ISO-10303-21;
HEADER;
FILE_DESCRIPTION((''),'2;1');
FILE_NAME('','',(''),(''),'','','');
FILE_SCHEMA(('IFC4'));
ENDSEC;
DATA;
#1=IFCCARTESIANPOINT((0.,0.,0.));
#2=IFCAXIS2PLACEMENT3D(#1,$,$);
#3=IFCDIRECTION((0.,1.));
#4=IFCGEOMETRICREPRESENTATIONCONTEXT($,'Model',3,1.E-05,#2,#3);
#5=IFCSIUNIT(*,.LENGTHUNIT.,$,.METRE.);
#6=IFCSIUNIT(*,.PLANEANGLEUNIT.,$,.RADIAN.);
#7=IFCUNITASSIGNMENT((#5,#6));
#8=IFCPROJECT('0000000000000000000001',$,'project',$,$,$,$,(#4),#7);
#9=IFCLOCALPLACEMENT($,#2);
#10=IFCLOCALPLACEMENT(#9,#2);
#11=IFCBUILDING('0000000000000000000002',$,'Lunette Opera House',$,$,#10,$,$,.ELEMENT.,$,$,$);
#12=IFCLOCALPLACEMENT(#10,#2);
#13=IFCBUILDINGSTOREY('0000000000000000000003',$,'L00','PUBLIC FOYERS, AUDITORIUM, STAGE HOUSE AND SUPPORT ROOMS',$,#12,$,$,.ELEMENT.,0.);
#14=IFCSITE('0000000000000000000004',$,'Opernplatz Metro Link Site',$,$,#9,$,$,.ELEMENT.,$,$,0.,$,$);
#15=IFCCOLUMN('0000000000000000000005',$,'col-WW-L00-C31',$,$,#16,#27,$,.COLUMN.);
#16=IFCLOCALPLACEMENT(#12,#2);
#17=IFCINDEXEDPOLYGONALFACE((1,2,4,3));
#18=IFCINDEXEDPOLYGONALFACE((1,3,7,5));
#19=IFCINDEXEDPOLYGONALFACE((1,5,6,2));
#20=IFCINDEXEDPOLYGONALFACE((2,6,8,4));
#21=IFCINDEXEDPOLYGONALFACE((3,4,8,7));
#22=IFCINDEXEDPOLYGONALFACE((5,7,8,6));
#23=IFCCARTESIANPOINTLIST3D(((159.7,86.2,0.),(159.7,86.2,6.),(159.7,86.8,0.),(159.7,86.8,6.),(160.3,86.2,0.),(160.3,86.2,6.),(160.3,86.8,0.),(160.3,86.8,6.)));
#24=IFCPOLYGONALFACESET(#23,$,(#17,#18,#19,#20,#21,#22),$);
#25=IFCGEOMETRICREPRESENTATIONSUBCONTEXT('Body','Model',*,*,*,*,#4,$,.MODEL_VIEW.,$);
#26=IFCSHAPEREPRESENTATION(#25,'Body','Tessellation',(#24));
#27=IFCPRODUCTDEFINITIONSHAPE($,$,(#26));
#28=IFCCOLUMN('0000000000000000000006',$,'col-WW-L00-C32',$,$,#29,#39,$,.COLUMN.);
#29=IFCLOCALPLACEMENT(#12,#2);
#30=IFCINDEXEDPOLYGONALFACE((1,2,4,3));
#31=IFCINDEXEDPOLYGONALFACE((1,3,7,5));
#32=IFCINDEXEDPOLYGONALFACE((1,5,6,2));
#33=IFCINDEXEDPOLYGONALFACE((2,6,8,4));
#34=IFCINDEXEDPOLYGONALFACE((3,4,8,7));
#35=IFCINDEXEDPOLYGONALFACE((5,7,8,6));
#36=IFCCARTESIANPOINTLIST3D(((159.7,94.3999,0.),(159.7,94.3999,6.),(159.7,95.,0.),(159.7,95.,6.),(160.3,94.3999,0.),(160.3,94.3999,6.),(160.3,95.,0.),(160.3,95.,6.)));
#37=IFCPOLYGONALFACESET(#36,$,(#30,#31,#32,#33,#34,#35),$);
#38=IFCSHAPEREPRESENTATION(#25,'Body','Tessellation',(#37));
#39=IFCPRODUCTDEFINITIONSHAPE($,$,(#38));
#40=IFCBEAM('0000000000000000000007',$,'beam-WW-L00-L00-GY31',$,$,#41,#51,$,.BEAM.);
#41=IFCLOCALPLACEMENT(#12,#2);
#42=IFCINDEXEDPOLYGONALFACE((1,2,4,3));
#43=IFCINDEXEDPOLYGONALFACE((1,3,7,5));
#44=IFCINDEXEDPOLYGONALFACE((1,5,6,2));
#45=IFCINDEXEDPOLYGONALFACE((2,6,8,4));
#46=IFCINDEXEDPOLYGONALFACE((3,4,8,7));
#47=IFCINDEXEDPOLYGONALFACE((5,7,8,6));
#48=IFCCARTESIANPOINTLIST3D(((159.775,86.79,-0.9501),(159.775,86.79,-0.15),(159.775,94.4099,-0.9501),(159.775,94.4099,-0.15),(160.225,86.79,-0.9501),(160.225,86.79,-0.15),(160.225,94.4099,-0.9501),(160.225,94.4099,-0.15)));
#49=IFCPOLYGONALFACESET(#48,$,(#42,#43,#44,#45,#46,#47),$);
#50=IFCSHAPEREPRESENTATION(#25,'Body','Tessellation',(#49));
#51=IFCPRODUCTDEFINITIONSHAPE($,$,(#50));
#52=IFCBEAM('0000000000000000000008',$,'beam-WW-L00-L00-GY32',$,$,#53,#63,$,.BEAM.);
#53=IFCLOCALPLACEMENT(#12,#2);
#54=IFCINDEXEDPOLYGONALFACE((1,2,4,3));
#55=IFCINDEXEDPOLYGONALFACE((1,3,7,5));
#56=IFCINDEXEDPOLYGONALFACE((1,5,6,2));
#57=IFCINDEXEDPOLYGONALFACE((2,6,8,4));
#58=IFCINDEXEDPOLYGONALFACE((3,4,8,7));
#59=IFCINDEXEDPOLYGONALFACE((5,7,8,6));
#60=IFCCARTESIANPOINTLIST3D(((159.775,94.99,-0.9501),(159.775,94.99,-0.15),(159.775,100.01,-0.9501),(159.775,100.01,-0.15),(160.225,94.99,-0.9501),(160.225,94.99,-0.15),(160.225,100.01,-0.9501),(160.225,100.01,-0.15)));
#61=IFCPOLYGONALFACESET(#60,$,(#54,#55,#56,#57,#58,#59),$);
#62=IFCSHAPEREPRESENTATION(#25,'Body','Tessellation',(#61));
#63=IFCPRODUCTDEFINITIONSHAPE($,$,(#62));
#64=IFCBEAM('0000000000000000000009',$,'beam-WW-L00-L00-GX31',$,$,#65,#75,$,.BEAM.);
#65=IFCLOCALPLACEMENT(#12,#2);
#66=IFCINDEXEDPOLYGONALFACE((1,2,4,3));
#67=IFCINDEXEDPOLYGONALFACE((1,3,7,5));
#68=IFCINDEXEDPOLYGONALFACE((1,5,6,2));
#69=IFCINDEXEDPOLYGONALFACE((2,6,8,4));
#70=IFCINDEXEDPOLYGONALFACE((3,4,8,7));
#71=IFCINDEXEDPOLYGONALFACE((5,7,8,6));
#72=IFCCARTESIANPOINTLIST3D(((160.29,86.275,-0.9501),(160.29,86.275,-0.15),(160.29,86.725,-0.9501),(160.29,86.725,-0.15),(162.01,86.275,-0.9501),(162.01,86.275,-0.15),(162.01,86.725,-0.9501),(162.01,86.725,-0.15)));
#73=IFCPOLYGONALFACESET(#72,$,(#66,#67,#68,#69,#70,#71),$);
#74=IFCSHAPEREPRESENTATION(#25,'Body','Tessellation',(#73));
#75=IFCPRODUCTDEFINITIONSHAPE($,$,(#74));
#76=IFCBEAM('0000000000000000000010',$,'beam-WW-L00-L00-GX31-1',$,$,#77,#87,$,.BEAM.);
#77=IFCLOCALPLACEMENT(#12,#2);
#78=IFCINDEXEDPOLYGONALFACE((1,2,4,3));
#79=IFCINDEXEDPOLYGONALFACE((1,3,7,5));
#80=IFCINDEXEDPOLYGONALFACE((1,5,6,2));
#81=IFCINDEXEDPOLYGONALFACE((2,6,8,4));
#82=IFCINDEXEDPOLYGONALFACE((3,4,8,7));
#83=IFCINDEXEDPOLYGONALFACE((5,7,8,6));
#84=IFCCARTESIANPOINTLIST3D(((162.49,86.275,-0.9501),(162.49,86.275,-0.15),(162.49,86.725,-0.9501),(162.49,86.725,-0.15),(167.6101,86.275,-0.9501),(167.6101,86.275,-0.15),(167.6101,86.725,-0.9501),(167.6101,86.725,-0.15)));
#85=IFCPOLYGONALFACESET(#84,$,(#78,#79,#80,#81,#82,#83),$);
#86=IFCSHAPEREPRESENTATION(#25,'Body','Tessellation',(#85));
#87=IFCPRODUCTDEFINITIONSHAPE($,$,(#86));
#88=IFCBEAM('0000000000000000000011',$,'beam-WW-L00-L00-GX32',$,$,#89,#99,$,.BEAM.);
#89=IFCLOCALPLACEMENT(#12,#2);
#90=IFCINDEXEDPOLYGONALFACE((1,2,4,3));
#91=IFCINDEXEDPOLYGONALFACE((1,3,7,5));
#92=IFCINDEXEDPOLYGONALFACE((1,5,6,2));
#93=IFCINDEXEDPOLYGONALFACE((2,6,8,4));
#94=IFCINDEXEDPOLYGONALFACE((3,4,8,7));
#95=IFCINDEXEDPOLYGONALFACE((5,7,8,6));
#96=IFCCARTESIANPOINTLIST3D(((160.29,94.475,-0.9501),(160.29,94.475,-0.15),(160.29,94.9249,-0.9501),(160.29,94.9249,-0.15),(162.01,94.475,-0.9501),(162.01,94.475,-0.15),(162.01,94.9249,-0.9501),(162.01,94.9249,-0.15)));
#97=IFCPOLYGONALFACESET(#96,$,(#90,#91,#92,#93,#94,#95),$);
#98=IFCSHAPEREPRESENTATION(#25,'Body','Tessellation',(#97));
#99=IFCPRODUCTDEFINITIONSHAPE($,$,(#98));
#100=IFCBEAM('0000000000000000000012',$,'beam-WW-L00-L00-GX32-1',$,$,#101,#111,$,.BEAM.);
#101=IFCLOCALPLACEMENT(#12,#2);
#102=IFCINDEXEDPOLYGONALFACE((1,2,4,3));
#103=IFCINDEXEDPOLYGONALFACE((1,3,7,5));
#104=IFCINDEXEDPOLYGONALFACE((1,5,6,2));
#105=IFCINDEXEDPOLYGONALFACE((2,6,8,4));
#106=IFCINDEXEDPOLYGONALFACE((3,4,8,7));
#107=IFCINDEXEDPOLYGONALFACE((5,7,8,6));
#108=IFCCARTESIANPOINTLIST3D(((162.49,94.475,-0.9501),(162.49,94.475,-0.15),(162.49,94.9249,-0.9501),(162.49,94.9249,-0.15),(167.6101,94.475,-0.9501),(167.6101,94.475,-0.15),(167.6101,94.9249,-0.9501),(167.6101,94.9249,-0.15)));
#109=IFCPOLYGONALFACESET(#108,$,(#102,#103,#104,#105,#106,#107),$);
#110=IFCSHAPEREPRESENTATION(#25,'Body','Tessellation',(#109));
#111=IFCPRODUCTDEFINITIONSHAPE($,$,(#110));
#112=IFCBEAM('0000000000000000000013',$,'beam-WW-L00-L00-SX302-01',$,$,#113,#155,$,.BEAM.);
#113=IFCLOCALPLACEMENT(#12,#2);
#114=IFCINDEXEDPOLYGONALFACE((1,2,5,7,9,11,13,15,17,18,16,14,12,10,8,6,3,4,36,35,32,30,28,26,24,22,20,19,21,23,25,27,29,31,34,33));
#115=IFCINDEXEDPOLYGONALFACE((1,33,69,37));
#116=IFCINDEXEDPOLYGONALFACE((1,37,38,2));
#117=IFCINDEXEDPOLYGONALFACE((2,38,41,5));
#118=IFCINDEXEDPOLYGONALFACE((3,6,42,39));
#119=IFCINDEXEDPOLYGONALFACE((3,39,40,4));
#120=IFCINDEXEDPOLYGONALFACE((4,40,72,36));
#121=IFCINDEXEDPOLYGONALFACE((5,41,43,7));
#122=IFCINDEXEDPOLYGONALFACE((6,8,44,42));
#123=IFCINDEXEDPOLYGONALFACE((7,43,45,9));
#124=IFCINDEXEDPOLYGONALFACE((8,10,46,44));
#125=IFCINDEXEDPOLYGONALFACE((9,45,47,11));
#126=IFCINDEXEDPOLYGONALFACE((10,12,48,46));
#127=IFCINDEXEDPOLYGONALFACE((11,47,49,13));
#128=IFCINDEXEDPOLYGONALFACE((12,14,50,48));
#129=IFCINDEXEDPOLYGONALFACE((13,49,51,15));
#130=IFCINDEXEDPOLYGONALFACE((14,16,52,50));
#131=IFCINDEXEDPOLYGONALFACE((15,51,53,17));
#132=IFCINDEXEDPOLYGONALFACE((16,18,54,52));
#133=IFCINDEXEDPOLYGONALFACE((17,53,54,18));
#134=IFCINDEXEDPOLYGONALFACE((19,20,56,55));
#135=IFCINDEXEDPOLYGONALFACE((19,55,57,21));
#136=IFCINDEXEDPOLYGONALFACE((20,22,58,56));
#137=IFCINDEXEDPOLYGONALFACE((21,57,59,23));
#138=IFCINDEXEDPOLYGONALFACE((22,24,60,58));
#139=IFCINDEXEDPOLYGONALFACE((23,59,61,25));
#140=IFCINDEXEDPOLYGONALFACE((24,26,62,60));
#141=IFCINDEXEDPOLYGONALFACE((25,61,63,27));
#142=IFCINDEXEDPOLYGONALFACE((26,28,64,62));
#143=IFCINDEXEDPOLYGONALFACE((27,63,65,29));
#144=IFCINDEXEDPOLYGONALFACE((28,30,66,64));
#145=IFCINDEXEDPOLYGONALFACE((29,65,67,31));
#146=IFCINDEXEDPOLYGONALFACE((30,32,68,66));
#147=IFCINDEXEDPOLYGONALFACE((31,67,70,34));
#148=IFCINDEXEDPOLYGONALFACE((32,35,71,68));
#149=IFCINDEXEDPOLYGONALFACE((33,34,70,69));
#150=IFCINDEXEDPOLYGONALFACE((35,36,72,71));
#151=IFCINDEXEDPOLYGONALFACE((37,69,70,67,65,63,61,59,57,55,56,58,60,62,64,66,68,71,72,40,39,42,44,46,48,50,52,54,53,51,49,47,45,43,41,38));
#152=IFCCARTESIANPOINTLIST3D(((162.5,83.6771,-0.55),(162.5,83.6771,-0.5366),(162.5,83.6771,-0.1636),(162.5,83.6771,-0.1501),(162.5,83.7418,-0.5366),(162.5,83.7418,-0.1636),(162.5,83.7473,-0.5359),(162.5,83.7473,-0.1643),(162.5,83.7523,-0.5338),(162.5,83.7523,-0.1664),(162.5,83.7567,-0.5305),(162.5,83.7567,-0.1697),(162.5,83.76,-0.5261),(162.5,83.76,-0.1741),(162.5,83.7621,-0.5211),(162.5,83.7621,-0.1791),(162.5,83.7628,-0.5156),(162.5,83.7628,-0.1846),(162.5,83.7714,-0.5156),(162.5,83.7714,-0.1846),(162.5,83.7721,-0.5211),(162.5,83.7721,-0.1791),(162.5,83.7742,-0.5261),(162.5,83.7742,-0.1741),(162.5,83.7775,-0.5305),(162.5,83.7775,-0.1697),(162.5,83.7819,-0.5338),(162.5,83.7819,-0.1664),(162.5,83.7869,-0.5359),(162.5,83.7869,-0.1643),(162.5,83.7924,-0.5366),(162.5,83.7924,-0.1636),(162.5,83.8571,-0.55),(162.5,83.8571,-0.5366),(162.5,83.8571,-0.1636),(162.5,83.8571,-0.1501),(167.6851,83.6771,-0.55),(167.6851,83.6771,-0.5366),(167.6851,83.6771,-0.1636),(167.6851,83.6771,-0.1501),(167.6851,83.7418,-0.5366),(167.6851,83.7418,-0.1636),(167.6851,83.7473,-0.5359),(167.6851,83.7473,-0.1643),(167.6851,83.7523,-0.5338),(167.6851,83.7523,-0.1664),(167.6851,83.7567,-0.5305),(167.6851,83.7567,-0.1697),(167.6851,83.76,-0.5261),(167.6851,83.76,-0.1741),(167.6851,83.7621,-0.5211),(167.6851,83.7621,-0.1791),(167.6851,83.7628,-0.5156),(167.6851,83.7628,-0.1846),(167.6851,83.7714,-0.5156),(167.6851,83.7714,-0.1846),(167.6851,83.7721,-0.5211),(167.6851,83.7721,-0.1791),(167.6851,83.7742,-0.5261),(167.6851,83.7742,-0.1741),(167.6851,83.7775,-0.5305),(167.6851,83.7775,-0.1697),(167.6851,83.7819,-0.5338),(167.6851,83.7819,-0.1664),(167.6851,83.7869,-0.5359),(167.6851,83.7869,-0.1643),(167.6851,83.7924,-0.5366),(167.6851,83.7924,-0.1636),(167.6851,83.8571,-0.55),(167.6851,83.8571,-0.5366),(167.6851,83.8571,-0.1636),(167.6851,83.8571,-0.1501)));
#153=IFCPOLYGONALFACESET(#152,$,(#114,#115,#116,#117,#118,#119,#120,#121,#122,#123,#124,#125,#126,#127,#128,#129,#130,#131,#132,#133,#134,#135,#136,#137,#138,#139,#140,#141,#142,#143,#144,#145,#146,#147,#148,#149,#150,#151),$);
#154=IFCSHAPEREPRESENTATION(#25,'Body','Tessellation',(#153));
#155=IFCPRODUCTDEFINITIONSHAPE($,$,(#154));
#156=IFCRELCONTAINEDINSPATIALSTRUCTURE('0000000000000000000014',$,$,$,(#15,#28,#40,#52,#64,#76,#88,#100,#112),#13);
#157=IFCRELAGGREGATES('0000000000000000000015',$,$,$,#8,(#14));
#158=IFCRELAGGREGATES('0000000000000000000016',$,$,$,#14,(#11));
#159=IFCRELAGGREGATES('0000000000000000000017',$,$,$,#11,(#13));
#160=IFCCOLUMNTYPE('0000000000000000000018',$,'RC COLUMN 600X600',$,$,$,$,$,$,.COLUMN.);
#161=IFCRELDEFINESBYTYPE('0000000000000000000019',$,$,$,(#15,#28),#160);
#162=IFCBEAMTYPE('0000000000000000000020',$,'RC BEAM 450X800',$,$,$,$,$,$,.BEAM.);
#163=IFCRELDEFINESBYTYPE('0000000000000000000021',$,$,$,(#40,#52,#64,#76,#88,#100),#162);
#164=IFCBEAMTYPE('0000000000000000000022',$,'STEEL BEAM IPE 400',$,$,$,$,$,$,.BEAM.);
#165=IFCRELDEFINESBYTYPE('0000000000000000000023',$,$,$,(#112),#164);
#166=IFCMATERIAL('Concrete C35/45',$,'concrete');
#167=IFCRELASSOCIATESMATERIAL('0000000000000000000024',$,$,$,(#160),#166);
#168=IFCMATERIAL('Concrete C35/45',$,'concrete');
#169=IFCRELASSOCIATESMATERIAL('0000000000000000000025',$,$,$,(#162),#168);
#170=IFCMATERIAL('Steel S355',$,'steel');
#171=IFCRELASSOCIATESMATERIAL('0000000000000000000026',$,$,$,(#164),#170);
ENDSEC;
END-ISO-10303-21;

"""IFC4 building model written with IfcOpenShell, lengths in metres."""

from ifc_helpers import new_model, si_unit, direction, frame, origin, origin_2d, place, context, subcontext, project, spatial, rectangle, i_section, extrude, material, material_profile, profile_set, type_object, element, save


model = new_model("IFC4")

# Units and contexts
model_context = context("Model", 3, precision=1e-05, world=origin(), true_north=direction((0.0, 1.0)))
body_context = subcontext(model_context, "Body", "Model", "MODEL_VIEW")
ifc_project = project(units=[si_unit("LENGTHUNIT", "METRE"), si_unit("PLANEANGLEUNIT", "RADIAN")], contexts=[model_context])

# Site, building, storey
site_placement = place(None, origin())
site = spatial("IfcSite", under=ifc_project, at=site_placement, Name="Opernplatz Metro Link Site", CompositionType="ELEMENT", RefElevation=0.0)
building_placement = place(site_placement, origin())
building = spatial("IfcBuilding", under=site, at=building_placement, Name="Lunette Opera House", CompositionType="ELEMENT")
storey_placement = place(building_placement, origin())
storey = spatial("IfcBuildingStorey", under=building, at=storey_placement, Name="L00", Description="PUBLIC FOYERS, AUDITORIUM, STAGE HOUSE AND SUPPORT ROOMS", CompositionType="ELEMENT", Elevation=0.0)

# Columns
ifc_material_1 = material(Name="Concrete C35/45", Category="concrete")
ifc_material_profile_1 = material_profile(ifc_material_1, rectangle(XDim=0.6001, YDim=0.6001, at=origin_2d()), Name="RC COLUMN 600X600")
ifc_profile_set_1 = profile_set([ifc_material_profile_1], Name="Concrete C35/45")
column_type = type_object("IfcColumnType", Name="RC COLUMN 600X600", PredefinedType="COLUMN", material=ifc_profile_set_1)
for number, where, z_axis, x_axis, name in (
    (1, (160.0, 86.5, 0.0), (0.0, 0.0, 1.0), (1.0, 0.0, 0.0), "col-WW-L00-C31"),
    (2, (160.0, 94.7, 0.0), (0.0, 0.0, 1.0), (1.0, 0.0, 0.0), "col-WW-L00-C32"),
):
    element("IfcColumn", number, at=place(storey_placement, frame(where, z_axis=z_axis, x_axis=x_axis)), inside=storey, type_object=column_type, Name=name, PredefinedType="COLUMN", context=body_context, shape_type="SweptSolid", body=[
        extrude(rectangle(XDim=0.6001, YDim=0.6001, at=origin_2d()), origin(), (0.0, 0.0, 1.0), 6.0),
    ])

# Beams
ifc_material_2 = material(Name="Concrete C35/45", Category="concrete")
ifc_material_profile_2 = material_profile(ifc_material_2, rectangle(XDim=0.45, YDim=0.8, at=origin_2d()), Name="RC BEAM 450X800")
ifc_profile_set_2 = profile_set([ifc_material_profile_2], Name="Concrete C35/45")
beam_type_1 = type_object("IfcBeamType", Name="RC BEAM 450X800", PredefinedType="BEAM", material=ifc_profile_set_2)
beam_1_placement = place(storey_placement, frame((160.0, 86.79, -0.55), z_axis=(0.0, 1.0, 0.0), x_axis=(-1.0, 0.0, 0.0)))
element("IfcBeam", 3, at=beam_1_placement, inside=storey, type_object=beam_type_1, Name="beam-WW-L00-L00-GY31", PredefinedType="BEAM", context=body_context, shape_type="SweptSolid", body=[
    extrude(rectangle(XDim=0.45, YDim=0.8, at=origin_2d()), origin(), (0.0, 0.0, 1.0), 7.6199),
])
beam_2_placement = place(storey_placement, frame((160.0, 94.99, -0.55), z_axis=(0.0, 1.0, 0.0), x_axis=(-1.0, 0.0, 0.0)))
element("IfcBeam", 4, at=beam_2_placement, inside=storey, type_object=beam_type_1, Name="beam-WW-L00-L00-GY32", PredefinedType="BEAM", context=body_context, shape_type="SweptSolid", body=[
    extrude(rectangle(XDim=0.45, YDim=0.8, at=origin_2d()), origin(), (0.0, 0.0, 1.0), 5.02),
])
beam_3_placement = place(storey_placement, frame((160.29, 86.5, -0.55), z_axis=(1.0, 0.0, 0.0), x_axis=(0.0, 1.0, 0.0)))
element("IfcBeam", 5, at=beam_3_placement, inside=storey, type_object=beam_type_1, Name="beam-WW-L00-L00-GX31", PredefinedType="BEAM", context=body_context, shape_type="SweptSolid", body=[
    extrude(rectangle(XDim=0.45, YDim=0.8, at=origin_2d()), origin(), (0.0, 0.0, 1.0), 1.72),
])
beam_4_placement = place(storey_placement, frame((162.49, 86.5, -0.55), z_axis=(1.0, 0.0, 0.0), x_axis=(0.0, 1.0, 0.0)))
element("IfcBeam", 6, at=beam_4_placement, inside=storey, type_object=beam_type_1, Name="beam-WW-L00-L00-GX31-1", PredefinedType="BEAM", context=body_context, shape_type="SweptSolid", body=[
    extrude(rectangle(XDim=0.45, YDim=0.8, at=origin_2d()), origin(), (0.0, 0.0, 1.0), 5.1201),
])
beam_5_placement = place(storey_placement, frame((160.29, 94.7, -0.55), z_axis=(1.0, 0.0, 0.0), x_axis=(0.0, 1.0, 0.0)))
element("IfcBeam", 7, at=beam_5_placement, inside=storey, type_object=beam_type_1, Name="beam-WW-L00-L00-GX32", PredefinedType="BEAM", context=body_context, shape_type="SweptSolid", body=[
    extrude(rectangle(XDim=0.45, YDim=0.8, at=origin_2d()), origin(), (0.0, 0.0, 1.0), 1.72),
])
beam_6_placement = place(storey_placement, frame((162.49, 94.7, -0.55), z_axis=(1.0, 0.0, 0.0), x_axis=(0.0, 1.0, 0.0)))
element("IfcBeam", 8, at=beam_6_placement, inside=storey, type_object=beam_type_1, Name="beam-WW-L00-L00-GX32-1", PredefinedType="BEAM", context=body_context, shape_type="SweptSolid", body=[
    extrude(rectangle(XDim=0.45, YDim=0.8, at=origin_2d()), origin(), (0.0, 0.0, 1.0), 5.1201),
])
ifc_material_3 = material(Name="Steel S355", Category="steel")
ifc_material_profile_3 = material_profile(ifc_material_3, i_section(OverallWidth=0.1799, OverallDepth=0.3999, WebThickness=0.0085, FlangeThickness=0.0134, FilletRadius=0.021, at=origin_2d()), Name="IPE 400")
ifc_profile_set_3 = profile_set([ifc_material_profile_3], Name="Steel S355")
beam_type_2 = type_object("IfcBeamType", Name="STEEL BEAM IPE 400", PredefinedType="BEAM", material=ifc_profile_set_3)
beam_7_placement = place(storey_placement, frame((162.5, 83.7671, -0.3501), z_axis=(1.0, 0.0, 0.0), x_axis=(0.0, 1.0, 0.0)))
element("IfcBeam", 9, at=beam_7_placement, inside=storey, type_object=beam_type_2, Name="beam-WW-L00-L00-SX302-01", PredefinedType="BEAM", context=body_context, shape_type="SweptSolid", body=[
    extrude(i_section(OverallWidth=0.1799, OverallDepth=0.3999, WebThickness=0.0085, FlangeThickness=0.0134, FilletRadius=0.021, at=origin_2d()), origin(), (0.0, 0.0, 1.0), 5.1851),
])

save(model, "model.ifc")
